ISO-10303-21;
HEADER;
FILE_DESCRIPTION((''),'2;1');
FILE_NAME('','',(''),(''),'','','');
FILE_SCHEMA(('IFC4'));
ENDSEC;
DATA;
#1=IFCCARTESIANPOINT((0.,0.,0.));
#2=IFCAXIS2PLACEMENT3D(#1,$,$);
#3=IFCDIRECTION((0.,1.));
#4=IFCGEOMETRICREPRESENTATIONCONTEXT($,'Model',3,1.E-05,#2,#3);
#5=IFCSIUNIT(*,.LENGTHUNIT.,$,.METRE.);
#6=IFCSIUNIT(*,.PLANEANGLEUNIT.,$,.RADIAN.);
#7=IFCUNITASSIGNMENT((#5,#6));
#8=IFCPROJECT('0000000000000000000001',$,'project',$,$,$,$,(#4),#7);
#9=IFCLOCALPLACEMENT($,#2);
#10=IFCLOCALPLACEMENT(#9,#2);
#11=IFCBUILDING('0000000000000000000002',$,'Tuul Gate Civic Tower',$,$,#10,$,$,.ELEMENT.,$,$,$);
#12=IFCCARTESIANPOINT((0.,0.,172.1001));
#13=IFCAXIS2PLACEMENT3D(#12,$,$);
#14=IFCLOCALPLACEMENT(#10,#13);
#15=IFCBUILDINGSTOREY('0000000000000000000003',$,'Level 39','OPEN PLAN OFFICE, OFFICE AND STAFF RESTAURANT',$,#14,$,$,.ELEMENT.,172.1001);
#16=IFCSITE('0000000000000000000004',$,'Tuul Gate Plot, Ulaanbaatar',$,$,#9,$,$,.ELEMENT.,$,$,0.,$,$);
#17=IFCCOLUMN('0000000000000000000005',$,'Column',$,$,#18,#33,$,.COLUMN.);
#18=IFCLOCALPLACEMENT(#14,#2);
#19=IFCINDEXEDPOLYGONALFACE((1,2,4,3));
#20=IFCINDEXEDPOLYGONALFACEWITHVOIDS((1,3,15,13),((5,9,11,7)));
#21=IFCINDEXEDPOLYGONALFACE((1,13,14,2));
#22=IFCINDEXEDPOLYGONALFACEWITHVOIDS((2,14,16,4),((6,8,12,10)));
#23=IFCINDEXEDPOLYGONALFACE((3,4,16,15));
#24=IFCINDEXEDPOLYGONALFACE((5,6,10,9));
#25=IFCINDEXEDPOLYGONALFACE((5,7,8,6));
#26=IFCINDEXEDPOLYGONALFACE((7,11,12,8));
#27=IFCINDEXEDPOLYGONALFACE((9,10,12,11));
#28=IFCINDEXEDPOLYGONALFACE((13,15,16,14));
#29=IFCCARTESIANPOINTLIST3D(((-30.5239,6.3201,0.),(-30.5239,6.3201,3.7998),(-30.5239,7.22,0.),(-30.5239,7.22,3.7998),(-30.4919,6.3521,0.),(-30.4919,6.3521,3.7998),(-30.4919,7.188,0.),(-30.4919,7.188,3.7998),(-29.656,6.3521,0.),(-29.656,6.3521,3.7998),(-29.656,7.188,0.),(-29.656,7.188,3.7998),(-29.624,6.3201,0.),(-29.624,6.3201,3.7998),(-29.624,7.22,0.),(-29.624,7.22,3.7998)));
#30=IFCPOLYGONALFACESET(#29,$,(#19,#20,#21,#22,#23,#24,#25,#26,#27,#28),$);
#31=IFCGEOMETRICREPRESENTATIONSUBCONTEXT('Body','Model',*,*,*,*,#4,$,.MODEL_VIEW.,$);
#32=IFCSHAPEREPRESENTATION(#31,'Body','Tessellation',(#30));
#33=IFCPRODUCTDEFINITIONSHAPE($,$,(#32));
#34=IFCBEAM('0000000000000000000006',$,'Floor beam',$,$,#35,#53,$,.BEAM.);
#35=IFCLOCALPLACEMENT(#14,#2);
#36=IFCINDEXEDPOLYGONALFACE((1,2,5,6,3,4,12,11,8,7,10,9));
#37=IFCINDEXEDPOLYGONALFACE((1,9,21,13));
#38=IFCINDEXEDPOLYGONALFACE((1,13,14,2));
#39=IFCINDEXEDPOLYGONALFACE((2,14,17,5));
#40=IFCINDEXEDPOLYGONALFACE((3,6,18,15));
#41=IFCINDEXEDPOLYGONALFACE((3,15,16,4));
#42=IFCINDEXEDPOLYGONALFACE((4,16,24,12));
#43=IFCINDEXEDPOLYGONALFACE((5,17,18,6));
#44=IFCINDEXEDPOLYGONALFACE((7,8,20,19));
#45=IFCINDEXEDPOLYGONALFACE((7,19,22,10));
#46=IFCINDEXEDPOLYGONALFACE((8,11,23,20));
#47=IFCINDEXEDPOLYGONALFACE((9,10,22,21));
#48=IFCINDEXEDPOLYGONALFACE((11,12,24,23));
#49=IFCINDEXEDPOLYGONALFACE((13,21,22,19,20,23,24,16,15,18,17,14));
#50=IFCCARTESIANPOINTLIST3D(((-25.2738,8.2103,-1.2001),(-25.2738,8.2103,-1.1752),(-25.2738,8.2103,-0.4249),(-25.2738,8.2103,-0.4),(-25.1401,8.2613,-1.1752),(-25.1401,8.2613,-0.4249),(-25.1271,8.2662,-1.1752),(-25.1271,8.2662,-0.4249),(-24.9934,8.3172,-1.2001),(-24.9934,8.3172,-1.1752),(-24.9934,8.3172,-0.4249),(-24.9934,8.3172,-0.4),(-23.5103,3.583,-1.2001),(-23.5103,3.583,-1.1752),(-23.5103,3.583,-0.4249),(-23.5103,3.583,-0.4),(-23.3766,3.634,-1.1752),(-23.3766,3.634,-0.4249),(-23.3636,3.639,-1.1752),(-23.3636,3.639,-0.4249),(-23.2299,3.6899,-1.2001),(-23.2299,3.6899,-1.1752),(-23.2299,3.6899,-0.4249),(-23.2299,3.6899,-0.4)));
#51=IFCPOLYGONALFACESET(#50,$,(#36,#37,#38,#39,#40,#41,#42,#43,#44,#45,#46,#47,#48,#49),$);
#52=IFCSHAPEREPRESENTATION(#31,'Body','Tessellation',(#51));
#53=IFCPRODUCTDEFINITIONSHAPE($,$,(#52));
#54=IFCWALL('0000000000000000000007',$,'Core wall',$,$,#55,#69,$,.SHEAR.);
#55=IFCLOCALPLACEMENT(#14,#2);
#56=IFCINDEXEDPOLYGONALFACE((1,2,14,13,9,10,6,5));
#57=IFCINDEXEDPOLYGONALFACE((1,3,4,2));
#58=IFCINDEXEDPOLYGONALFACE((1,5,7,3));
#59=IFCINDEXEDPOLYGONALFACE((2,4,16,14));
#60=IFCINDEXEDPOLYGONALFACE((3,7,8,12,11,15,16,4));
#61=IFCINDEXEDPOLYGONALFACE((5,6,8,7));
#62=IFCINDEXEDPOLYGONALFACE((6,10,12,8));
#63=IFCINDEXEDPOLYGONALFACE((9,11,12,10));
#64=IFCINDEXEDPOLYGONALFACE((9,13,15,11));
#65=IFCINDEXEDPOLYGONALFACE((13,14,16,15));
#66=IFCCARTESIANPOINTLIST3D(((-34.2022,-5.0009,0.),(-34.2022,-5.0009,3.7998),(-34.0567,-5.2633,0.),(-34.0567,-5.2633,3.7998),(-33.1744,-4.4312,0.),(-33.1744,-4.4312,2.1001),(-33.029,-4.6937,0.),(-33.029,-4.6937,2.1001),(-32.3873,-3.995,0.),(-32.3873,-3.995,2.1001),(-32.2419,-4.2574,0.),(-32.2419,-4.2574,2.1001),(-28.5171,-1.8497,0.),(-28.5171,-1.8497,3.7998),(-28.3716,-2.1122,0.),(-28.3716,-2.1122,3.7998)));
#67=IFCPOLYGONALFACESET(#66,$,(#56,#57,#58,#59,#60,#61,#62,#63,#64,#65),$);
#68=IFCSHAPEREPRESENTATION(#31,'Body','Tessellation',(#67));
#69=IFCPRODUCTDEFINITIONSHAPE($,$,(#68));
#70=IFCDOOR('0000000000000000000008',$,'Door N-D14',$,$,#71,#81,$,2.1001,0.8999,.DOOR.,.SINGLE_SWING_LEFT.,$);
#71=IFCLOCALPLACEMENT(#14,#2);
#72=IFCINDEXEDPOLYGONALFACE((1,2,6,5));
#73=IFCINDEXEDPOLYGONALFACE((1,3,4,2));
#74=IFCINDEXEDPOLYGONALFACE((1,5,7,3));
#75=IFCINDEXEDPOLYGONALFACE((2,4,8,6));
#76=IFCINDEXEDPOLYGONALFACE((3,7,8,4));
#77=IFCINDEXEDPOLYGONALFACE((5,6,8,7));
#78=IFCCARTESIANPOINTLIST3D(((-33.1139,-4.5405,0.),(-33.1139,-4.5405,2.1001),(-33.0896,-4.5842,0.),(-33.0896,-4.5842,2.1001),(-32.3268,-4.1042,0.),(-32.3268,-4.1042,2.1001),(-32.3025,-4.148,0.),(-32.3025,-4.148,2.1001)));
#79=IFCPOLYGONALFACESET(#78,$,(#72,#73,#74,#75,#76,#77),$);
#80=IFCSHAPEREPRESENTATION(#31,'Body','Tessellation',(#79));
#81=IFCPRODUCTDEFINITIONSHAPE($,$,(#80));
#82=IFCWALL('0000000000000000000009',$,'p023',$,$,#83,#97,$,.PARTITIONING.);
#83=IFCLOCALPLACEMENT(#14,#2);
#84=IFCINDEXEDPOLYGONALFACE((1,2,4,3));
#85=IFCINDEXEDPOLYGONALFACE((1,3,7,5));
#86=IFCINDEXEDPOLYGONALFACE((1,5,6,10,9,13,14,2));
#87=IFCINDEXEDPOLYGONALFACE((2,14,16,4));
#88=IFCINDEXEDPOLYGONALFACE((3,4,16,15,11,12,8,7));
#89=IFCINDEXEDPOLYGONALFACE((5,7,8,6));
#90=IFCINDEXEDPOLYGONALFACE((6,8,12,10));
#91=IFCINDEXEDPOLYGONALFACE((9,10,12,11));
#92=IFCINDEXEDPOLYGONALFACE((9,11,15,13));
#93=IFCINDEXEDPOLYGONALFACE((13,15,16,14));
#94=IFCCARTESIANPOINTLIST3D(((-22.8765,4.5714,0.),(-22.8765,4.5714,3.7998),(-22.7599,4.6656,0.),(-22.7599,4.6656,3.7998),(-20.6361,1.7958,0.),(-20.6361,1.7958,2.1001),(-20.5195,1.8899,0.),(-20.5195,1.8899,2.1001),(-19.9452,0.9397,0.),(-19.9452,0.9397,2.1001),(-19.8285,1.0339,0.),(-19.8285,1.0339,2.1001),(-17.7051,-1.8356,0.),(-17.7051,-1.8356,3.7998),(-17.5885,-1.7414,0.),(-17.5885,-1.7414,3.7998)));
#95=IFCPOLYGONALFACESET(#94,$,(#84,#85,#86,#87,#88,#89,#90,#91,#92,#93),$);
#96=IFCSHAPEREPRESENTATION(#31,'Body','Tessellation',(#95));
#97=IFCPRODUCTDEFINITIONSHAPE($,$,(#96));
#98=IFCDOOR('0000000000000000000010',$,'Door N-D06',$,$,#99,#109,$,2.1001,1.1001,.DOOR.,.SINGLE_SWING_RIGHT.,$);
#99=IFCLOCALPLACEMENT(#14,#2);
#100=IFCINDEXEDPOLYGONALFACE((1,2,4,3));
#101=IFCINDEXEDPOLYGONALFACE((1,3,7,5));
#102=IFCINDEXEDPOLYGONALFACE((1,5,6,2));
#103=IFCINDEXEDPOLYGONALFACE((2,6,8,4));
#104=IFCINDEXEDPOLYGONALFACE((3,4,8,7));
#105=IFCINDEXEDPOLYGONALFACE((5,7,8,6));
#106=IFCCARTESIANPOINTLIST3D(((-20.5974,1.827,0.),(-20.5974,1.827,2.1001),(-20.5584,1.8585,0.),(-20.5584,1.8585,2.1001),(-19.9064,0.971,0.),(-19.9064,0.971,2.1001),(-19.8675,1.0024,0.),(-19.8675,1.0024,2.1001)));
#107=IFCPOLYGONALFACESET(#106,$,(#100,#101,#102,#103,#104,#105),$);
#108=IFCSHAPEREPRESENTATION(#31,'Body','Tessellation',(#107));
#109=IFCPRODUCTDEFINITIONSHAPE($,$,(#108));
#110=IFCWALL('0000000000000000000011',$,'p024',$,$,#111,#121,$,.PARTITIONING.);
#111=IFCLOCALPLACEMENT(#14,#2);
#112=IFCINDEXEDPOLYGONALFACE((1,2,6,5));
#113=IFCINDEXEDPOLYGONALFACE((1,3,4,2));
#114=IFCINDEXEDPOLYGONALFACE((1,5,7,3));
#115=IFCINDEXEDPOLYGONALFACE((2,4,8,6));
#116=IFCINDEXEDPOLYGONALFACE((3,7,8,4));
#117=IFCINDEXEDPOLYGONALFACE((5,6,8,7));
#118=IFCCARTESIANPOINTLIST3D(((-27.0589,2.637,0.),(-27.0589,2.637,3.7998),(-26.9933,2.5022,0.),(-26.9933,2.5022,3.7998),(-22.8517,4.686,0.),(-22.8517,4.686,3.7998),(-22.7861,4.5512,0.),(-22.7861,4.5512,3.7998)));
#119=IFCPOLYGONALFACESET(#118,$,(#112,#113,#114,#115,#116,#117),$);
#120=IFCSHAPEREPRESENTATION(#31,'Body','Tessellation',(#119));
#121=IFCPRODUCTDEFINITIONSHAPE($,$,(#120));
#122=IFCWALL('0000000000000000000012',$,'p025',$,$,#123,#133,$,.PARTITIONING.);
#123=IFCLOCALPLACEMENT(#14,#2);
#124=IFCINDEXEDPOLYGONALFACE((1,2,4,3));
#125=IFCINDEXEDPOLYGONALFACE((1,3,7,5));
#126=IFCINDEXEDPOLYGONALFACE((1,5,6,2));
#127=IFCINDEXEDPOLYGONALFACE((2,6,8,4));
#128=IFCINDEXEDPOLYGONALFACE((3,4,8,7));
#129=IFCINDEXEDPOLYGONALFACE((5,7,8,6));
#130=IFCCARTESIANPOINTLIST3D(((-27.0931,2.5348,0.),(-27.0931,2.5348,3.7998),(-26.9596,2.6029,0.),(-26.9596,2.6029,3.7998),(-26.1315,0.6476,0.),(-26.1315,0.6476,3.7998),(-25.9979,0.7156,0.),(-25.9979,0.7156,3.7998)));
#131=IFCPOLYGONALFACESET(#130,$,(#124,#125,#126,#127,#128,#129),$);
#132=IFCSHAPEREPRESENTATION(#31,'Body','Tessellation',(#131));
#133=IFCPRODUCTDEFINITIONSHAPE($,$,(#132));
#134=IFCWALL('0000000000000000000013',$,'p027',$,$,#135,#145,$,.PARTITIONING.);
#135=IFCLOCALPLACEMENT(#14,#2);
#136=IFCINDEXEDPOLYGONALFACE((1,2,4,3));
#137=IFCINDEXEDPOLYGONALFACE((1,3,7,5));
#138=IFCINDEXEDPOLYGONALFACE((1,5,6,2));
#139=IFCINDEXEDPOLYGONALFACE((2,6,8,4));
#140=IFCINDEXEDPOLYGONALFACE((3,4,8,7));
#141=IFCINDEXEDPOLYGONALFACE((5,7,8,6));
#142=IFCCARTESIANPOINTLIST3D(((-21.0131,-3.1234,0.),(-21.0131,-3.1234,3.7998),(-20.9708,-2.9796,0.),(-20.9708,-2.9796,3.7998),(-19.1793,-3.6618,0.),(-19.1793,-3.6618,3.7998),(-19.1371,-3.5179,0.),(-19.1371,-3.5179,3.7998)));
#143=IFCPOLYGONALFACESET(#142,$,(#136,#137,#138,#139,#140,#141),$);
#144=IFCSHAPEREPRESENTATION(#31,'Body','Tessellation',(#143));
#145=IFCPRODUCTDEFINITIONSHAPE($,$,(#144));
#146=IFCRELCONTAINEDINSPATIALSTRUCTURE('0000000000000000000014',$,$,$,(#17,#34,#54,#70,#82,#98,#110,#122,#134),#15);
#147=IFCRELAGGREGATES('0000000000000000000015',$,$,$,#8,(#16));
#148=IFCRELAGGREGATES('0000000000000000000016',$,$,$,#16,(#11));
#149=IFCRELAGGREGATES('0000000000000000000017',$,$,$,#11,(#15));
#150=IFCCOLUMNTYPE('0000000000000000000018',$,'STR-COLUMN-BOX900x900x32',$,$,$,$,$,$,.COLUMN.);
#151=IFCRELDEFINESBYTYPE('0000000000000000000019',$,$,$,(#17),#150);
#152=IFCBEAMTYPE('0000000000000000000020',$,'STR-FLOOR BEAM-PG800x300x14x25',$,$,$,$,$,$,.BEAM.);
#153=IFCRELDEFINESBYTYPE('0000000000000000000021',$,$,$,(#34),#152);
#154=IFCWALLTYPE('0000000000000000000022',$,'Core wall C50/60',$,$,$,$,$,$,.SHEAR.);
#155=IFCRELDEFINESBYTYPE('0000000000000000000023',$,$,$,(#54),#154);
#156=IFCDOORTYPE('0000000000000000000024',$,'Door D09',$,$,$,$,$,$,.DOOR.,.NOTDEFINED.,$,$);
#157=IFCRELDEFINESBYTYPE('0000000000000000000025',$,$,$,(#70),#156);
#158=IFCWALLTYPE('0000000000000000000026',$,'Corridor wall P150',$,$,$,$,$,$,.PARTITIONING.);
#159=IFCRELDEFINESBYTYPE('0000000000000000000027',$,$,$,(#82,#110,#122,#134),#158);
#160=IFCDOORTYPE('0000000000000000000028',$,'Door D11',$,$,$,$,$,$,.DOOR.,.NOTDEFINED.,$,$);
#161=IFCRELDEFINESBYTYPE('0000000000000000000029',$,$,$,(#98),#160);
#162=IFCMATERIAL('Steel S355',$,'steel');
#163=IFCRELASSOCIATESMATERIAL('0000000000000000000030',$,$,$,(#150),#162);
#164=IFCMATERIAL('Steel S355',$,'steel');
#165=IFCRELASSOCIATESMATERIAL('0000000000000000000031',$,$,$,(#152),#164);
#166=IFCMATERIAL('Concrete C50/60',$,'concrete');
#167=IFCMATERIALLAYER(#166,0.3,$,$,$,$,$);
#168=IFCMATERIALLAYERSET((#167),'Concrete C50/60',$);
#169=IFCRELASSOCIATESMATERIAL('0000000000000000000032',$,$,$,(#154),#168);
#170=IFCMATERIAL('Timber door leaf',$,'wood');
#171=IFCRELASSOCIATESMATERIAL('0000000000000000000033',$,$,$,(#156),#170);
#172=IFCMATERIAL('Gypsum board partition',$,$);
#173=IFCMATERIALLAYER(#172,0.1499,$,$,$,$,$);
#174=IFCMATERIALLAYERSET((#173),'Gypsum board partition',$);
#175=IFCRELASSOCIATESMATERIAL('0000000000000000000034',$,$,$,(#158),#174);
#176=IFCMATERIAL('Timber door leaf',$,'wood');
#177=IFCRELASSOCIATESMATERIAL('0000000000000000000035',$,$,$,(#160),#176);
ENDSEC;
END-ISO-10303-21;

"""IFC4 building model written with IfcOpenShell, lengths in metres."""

from ifc_helpers import new_model, si_unit, direction, frame, frame_2d, origin, origin_2d, place, context, subcontext, project, spatial, rectangle, hollow_rectangle, i_section, extrude, material, layer, layer_set, material_profile, profile_set, type_object, element, fill, save


model = new_model("IFC4")

# Units and contexts
model_context = context("Model", 3, precision=1e-05, world=origin(), true_north=direction((0.0, 1.0)))
body_context = subcontext(model_context, "Body", "Model", "MODEL_VIEW")
ifc_project = project(units=[si_unit("LENGTHUNIT", "METRE"), si_unit("PLANEANGLEUNIT", "RADIAN")], contexts=[model_context])

# Site, building, storey
site_placement = place(None, origin())
site = spatial("IfcSite", under=ifc_project, at=site_placement, Name="Tuul Gate Plot, Ulaanbaatar", CompositionType="ELEMENT", RefElevation=0.0)
building_placement = place(site_placement, origin())
building = spatial("IfcBuilding", under=site, at=building_placement, Name="Tuul Gate Civic Tower", CompositionType="ELEMENT")
storey_placement = place(building_placement, frame((0.0, 0.0, 172.1001)))
storey = spatial("IfcBuildingStorey", under=building, at=storey_placement, Name="Level 39", Description="OPEN PLAN OFFICE, OFFICE AND STAFF RESTAURANT", CompositionType="ELEMENT", Elevation=172.1001)

# Column
ifc_material_1 = material(Name="Steel S355", Category="steel")
ifc_material_profile_1 = material_profile(ifc_material_1, hollow_rectangle(XDim=0.8999, YDim=0.8999, WallThickness=0.032, at=origin_2d()), Name="BOX900x900x32")
ifc_profile_set_1 = profile_set([ifc_material_profile_1], Name="Steel S355")
column_type = type_object("IfcColumnType", Name="STR-COLUMN-BOX900x900x32", PredefinedType="COLUMN", material=ifc_profile_set_1)
column_placement = place(storey_placement, frame((-30.074, 6.77, 0.0), z_axis=(0.0, 0.0, 1.0), x_axis=(1.0, 0.0, 0.0)))
element("IfcColumn", 1, at=column_placement, inside=storey, type_object=column_type, Name="Column", PredefinedType="COLUMN", context=body_context, shape_type="SweptSolid", body=[
    extrude(hollow_rectangle(XDim=0.8999, YDim=0.8999, WallThickness=0.032, at=origin_2d()), origin(), (0.0, 0.0, 1.0), 3.7998),
])

# Beam
ifc_material_2 = material(Name="Steel S355", Category="steel")
ifc_material_profile_2 = material_profile(ifc_material_2, i_section(OverallWidth=0.3, OverallDepth=0.8, WebThickness=0.0139, FlangeThickness=0.0249, at=origin_2d()), Name="PG800x300x14x25")
ifc_profile_set_2 = profile_set([ifc_material_profile_2], Name="Steel S355")
beam_type = type_object("IfcBeamType", Name="STR-FLOOR BEAM-PG800x300x14x25", PredefinedType="BEAM", material=ifc_profile_set_2)
beam_placement = place(storey_placement, frame((-23.3701, 3.6365, -0.8), z_axis=(-0.356116, 0.934442, 0.0), x_axis=(-0.934442, -0.356116, 0.0)))
element("IfcBeam", 2, at=beam_placement, inside=storey, type_object=beam_type, Name="Floor beam", PredefinedType="BEAM", context=body_context, shape_type="SweptSolid", body=[
    extrude(i_section(OverallWidth=0.3, OverallDepth=0.8, WebThickness=0.0139, FlangeThickness=0.0249, at=origin_2d()), origin(), (0.0, 0.0, 1.0), 4.9519),
])

# Walls, openings, doors
ifc_material_3 = material(Name="Concrete C50/60", Category="concrete")
ifc_layer_1 = layer(ifc_material_3, 0.3)
ifc_layer_set_1 = layer_set([ifc_layer_1], Name="Concrete C50/60")
wall_type_1 = type_object("IfcWallType", Name="Core wall C50/60", PredefinedType="SHEAR", material=ifc_layer_set_1)
wall_1_placement = place(storey_placement, frame((-28.4443, -1.981, 0.0), z_axis=(0.0, 0.0, 1.0), x_axis=(-0.87463, -0.484791, 0.0)))
wall_1 = element("IfcWall", 3, at=wall_1_placement, inside=storey, type_object=wall_type_1, Name="Core wall", PredefinedType="SHEAR", context=body_context, shape_type="SweptSolid", body=[
    extrude(rectangle(XDim=6.5, YDim=0.3, at=frame_2d((3.25, 0.0))), origin(), (0.0, 0.0, 1.0), 3.7998),
])
opening_1_placement = place(wall_1_placement, frame((4.425, 0.0, 0.0)))
opening_1 = element("IfcOpeningElement", 4, at=opening_1_placement, cuts=wall_1, PredefinedType="OPENING", context=body_context, shape_type="SweptSolid", body=[
    extrude(rectangle(XDim=0.8999, YDim=2.1001, at=frame_2d((0.45, 1.05))), frame((0.0, 0.1602, 0.0), z_axis=(0.0, -1.0, 0.0), x_axis=(1.0, 0.0, 0.0)), (0.0, 0.0, 1.0), 0.3201),
])
ifc_material_4 = material(Name="Timber door leaf", Category="wood")
door_type_1 = type_object("IfcDoorType", Name="Door D09", OperationType="NOTDEFINED", PredefinedType="DOOR", material=ifc_material_4)
door_1_placement = place(opening_1_placement, origin())
door_1 = element("IfcDoor", 5, at=door_1_placement, inside=storey, type_object=door_type_1, Name="Door N-D14", OperationType="SINGLE_SWING_LEFT", OverallHeight=2.1001, OverallWidth=0.8999, PredefinedType="DOOR", context=body_context, shape_type="SweptSolid", body=[
    extrude(rectangle(XDim=0.8999, YDim=2.1001, at=frame_2d((0.45, 1.05))), frame((0.0, 0.0249, 0.0), z_axis=(0.0, -1.0, 0.0), x_axis=(1.0, 0.0, 0.0)), (0.0, 0.0, 1.0), 0.05),
])
fill(opening_1, door_1)
ifc_material_5 = material(Name="Gypsum board partition")
ifc_layer_2 = layer(ifc_material_5, 0.1499)
ifc_layer_set_2 = layer_set([ifc_layer_2], Name="Gypsum board partition")
wall_type_2 = type_object("IfcWallType", Name="Corridor wall P150", PredefinedType="PARTITIONING", material=ifc_layer_set_2)
wall_2_placement = place(storey_placement, frame((-22.8181, 4.6184, 0.0), z_axis=(0.0, 0.0, 1.0), x_axis=(0.628081, -0.778148, 0.0)))
wall_2 = element("IfcWall", 6, at=wall_2_placement, inside=storey, type_object=wall_type_2, Name="p023", PredefinedType="PARTITIONING", context=body_context, shape_type="SweptSolid", body=[
    extrude(rectangle(XDim=8.2336, YDim=0.1499, at=frame_2d((4.1167, 0.0))), origin(), (0.0, 0.0, 1.0), 3.7998),
])
opening_2_placement = place(wall_2_placement, frame((3.5669, 0.0, 0.0)))
opening_2 = element("IfcOpeningElement", 7, at=opening_2_placement, cuts=wall_2, PredefinedType="OPENING", context=body_context, shape_type="SweptSolid", body=[
    extrude(rectangle(XDim=1.1001, YDim=2.1001, at=frame_2d((0.55, 1.05))), frame((0.0, 0.085, 0.0), z_axis=(0.0, -1.0, 0.0), x_axis=(1.0, 0.0, 0.0)), (0.0, 0.0, 1.0), 0.1699),
])
ifc_material_6 = material(Name="Timber door leaf", Category="wood")
door_type_2 = type_object("IfcDoorType", Name="Door D11", OperationType="NOTDEFINED", PredefinedType="DOOR", material=ifc_material_6)
door_2_placement = place(opening_2_placement, origin())
door_2 = element("IfcDoor", 8, at=door_2_placement, inside=storey, type_object=door_type_2, Name="Door N-D06", OperationType="SINGLE_SWING_RIGHT", OverallHeight=2.1001, OverallWidth=1.1001, PredefinedType="DOOR", context=body_context, shape_type="SweptSolid", body=[
    extrude(rectangle(XDim=1.1001, YDim=2.1001, at=frame_2d((0.55, 1.05))), frame((0.0, 0.0249, 0.0), z_axis=(0.0, -1.0, 0.0), x_axis=(1.0, 0.0, 0.0)), (0.0, 0.0, 1.0), 0.05),
])
fill(opening_2, door_2)

# Walls
wall_3_placement = place(storey_placement, frame((-27.0261, 2.5696, 0.0), z_axis=(0.0, 0.0, 1.0), x_axis=(0.899043, 0.437861, 0.0)))
element("IfcWall", 9, at=wall_3_placement, inside=storey, type_object=wall_type_2, Name="p024", PredefinedType="PARTITIONING", context=body_context, shape_type="SweptSolid", body=[
    extrude(rectangle(XDim=4.6797, YDim=0.1499, at=frame_2d((2.3398, 0.0))), origin(), (0.0, 0.0, 1.0), 3.7998),
])
wall_4_placement = place(storey_placement, frame((-27.0264, 2.5688, 0.0), z_axis=(0.0, 0.0, 1.0), x_axis=(0.454024, -0.890989, 0.0)))
element("IfcWall", 10, at=wall_4_placement, inside=storey, type_object=wall_type_2, Name="p025", PredefinedType="PARTITIONING", context=body_context, shape_type="SweptSolid", body=[
    extrude(rectangle(XDim=2.1182, YDim=0.1499, at=frame_2d((1.0591, 0.0))), origin(), (0.0, 0.0, 1.0), 3.7998),
])
wall_5_placement = place(storey_placement, frame((-20.9919, -3.0515, 0.0), z_axis=(0.0, 0.0, 1.0), x_axis=(0.959508, -0.281682, 0.0)))
element("IfcWall", 11, at=wall_5_placement, inside=storey, type_object=wall_type_2, Name="p027", PredefinedType="PARTITIONING", context=body_context, shape_type="SweptSolid", body=[
    extrude(rectangle(XDim=1.9111, YDim=0.1499, at=frame_2d((0.9556, 0.0))), origin(), (0.0, 0.0, 1.0), 3.7998),
])

save(model, "model.ifc")
